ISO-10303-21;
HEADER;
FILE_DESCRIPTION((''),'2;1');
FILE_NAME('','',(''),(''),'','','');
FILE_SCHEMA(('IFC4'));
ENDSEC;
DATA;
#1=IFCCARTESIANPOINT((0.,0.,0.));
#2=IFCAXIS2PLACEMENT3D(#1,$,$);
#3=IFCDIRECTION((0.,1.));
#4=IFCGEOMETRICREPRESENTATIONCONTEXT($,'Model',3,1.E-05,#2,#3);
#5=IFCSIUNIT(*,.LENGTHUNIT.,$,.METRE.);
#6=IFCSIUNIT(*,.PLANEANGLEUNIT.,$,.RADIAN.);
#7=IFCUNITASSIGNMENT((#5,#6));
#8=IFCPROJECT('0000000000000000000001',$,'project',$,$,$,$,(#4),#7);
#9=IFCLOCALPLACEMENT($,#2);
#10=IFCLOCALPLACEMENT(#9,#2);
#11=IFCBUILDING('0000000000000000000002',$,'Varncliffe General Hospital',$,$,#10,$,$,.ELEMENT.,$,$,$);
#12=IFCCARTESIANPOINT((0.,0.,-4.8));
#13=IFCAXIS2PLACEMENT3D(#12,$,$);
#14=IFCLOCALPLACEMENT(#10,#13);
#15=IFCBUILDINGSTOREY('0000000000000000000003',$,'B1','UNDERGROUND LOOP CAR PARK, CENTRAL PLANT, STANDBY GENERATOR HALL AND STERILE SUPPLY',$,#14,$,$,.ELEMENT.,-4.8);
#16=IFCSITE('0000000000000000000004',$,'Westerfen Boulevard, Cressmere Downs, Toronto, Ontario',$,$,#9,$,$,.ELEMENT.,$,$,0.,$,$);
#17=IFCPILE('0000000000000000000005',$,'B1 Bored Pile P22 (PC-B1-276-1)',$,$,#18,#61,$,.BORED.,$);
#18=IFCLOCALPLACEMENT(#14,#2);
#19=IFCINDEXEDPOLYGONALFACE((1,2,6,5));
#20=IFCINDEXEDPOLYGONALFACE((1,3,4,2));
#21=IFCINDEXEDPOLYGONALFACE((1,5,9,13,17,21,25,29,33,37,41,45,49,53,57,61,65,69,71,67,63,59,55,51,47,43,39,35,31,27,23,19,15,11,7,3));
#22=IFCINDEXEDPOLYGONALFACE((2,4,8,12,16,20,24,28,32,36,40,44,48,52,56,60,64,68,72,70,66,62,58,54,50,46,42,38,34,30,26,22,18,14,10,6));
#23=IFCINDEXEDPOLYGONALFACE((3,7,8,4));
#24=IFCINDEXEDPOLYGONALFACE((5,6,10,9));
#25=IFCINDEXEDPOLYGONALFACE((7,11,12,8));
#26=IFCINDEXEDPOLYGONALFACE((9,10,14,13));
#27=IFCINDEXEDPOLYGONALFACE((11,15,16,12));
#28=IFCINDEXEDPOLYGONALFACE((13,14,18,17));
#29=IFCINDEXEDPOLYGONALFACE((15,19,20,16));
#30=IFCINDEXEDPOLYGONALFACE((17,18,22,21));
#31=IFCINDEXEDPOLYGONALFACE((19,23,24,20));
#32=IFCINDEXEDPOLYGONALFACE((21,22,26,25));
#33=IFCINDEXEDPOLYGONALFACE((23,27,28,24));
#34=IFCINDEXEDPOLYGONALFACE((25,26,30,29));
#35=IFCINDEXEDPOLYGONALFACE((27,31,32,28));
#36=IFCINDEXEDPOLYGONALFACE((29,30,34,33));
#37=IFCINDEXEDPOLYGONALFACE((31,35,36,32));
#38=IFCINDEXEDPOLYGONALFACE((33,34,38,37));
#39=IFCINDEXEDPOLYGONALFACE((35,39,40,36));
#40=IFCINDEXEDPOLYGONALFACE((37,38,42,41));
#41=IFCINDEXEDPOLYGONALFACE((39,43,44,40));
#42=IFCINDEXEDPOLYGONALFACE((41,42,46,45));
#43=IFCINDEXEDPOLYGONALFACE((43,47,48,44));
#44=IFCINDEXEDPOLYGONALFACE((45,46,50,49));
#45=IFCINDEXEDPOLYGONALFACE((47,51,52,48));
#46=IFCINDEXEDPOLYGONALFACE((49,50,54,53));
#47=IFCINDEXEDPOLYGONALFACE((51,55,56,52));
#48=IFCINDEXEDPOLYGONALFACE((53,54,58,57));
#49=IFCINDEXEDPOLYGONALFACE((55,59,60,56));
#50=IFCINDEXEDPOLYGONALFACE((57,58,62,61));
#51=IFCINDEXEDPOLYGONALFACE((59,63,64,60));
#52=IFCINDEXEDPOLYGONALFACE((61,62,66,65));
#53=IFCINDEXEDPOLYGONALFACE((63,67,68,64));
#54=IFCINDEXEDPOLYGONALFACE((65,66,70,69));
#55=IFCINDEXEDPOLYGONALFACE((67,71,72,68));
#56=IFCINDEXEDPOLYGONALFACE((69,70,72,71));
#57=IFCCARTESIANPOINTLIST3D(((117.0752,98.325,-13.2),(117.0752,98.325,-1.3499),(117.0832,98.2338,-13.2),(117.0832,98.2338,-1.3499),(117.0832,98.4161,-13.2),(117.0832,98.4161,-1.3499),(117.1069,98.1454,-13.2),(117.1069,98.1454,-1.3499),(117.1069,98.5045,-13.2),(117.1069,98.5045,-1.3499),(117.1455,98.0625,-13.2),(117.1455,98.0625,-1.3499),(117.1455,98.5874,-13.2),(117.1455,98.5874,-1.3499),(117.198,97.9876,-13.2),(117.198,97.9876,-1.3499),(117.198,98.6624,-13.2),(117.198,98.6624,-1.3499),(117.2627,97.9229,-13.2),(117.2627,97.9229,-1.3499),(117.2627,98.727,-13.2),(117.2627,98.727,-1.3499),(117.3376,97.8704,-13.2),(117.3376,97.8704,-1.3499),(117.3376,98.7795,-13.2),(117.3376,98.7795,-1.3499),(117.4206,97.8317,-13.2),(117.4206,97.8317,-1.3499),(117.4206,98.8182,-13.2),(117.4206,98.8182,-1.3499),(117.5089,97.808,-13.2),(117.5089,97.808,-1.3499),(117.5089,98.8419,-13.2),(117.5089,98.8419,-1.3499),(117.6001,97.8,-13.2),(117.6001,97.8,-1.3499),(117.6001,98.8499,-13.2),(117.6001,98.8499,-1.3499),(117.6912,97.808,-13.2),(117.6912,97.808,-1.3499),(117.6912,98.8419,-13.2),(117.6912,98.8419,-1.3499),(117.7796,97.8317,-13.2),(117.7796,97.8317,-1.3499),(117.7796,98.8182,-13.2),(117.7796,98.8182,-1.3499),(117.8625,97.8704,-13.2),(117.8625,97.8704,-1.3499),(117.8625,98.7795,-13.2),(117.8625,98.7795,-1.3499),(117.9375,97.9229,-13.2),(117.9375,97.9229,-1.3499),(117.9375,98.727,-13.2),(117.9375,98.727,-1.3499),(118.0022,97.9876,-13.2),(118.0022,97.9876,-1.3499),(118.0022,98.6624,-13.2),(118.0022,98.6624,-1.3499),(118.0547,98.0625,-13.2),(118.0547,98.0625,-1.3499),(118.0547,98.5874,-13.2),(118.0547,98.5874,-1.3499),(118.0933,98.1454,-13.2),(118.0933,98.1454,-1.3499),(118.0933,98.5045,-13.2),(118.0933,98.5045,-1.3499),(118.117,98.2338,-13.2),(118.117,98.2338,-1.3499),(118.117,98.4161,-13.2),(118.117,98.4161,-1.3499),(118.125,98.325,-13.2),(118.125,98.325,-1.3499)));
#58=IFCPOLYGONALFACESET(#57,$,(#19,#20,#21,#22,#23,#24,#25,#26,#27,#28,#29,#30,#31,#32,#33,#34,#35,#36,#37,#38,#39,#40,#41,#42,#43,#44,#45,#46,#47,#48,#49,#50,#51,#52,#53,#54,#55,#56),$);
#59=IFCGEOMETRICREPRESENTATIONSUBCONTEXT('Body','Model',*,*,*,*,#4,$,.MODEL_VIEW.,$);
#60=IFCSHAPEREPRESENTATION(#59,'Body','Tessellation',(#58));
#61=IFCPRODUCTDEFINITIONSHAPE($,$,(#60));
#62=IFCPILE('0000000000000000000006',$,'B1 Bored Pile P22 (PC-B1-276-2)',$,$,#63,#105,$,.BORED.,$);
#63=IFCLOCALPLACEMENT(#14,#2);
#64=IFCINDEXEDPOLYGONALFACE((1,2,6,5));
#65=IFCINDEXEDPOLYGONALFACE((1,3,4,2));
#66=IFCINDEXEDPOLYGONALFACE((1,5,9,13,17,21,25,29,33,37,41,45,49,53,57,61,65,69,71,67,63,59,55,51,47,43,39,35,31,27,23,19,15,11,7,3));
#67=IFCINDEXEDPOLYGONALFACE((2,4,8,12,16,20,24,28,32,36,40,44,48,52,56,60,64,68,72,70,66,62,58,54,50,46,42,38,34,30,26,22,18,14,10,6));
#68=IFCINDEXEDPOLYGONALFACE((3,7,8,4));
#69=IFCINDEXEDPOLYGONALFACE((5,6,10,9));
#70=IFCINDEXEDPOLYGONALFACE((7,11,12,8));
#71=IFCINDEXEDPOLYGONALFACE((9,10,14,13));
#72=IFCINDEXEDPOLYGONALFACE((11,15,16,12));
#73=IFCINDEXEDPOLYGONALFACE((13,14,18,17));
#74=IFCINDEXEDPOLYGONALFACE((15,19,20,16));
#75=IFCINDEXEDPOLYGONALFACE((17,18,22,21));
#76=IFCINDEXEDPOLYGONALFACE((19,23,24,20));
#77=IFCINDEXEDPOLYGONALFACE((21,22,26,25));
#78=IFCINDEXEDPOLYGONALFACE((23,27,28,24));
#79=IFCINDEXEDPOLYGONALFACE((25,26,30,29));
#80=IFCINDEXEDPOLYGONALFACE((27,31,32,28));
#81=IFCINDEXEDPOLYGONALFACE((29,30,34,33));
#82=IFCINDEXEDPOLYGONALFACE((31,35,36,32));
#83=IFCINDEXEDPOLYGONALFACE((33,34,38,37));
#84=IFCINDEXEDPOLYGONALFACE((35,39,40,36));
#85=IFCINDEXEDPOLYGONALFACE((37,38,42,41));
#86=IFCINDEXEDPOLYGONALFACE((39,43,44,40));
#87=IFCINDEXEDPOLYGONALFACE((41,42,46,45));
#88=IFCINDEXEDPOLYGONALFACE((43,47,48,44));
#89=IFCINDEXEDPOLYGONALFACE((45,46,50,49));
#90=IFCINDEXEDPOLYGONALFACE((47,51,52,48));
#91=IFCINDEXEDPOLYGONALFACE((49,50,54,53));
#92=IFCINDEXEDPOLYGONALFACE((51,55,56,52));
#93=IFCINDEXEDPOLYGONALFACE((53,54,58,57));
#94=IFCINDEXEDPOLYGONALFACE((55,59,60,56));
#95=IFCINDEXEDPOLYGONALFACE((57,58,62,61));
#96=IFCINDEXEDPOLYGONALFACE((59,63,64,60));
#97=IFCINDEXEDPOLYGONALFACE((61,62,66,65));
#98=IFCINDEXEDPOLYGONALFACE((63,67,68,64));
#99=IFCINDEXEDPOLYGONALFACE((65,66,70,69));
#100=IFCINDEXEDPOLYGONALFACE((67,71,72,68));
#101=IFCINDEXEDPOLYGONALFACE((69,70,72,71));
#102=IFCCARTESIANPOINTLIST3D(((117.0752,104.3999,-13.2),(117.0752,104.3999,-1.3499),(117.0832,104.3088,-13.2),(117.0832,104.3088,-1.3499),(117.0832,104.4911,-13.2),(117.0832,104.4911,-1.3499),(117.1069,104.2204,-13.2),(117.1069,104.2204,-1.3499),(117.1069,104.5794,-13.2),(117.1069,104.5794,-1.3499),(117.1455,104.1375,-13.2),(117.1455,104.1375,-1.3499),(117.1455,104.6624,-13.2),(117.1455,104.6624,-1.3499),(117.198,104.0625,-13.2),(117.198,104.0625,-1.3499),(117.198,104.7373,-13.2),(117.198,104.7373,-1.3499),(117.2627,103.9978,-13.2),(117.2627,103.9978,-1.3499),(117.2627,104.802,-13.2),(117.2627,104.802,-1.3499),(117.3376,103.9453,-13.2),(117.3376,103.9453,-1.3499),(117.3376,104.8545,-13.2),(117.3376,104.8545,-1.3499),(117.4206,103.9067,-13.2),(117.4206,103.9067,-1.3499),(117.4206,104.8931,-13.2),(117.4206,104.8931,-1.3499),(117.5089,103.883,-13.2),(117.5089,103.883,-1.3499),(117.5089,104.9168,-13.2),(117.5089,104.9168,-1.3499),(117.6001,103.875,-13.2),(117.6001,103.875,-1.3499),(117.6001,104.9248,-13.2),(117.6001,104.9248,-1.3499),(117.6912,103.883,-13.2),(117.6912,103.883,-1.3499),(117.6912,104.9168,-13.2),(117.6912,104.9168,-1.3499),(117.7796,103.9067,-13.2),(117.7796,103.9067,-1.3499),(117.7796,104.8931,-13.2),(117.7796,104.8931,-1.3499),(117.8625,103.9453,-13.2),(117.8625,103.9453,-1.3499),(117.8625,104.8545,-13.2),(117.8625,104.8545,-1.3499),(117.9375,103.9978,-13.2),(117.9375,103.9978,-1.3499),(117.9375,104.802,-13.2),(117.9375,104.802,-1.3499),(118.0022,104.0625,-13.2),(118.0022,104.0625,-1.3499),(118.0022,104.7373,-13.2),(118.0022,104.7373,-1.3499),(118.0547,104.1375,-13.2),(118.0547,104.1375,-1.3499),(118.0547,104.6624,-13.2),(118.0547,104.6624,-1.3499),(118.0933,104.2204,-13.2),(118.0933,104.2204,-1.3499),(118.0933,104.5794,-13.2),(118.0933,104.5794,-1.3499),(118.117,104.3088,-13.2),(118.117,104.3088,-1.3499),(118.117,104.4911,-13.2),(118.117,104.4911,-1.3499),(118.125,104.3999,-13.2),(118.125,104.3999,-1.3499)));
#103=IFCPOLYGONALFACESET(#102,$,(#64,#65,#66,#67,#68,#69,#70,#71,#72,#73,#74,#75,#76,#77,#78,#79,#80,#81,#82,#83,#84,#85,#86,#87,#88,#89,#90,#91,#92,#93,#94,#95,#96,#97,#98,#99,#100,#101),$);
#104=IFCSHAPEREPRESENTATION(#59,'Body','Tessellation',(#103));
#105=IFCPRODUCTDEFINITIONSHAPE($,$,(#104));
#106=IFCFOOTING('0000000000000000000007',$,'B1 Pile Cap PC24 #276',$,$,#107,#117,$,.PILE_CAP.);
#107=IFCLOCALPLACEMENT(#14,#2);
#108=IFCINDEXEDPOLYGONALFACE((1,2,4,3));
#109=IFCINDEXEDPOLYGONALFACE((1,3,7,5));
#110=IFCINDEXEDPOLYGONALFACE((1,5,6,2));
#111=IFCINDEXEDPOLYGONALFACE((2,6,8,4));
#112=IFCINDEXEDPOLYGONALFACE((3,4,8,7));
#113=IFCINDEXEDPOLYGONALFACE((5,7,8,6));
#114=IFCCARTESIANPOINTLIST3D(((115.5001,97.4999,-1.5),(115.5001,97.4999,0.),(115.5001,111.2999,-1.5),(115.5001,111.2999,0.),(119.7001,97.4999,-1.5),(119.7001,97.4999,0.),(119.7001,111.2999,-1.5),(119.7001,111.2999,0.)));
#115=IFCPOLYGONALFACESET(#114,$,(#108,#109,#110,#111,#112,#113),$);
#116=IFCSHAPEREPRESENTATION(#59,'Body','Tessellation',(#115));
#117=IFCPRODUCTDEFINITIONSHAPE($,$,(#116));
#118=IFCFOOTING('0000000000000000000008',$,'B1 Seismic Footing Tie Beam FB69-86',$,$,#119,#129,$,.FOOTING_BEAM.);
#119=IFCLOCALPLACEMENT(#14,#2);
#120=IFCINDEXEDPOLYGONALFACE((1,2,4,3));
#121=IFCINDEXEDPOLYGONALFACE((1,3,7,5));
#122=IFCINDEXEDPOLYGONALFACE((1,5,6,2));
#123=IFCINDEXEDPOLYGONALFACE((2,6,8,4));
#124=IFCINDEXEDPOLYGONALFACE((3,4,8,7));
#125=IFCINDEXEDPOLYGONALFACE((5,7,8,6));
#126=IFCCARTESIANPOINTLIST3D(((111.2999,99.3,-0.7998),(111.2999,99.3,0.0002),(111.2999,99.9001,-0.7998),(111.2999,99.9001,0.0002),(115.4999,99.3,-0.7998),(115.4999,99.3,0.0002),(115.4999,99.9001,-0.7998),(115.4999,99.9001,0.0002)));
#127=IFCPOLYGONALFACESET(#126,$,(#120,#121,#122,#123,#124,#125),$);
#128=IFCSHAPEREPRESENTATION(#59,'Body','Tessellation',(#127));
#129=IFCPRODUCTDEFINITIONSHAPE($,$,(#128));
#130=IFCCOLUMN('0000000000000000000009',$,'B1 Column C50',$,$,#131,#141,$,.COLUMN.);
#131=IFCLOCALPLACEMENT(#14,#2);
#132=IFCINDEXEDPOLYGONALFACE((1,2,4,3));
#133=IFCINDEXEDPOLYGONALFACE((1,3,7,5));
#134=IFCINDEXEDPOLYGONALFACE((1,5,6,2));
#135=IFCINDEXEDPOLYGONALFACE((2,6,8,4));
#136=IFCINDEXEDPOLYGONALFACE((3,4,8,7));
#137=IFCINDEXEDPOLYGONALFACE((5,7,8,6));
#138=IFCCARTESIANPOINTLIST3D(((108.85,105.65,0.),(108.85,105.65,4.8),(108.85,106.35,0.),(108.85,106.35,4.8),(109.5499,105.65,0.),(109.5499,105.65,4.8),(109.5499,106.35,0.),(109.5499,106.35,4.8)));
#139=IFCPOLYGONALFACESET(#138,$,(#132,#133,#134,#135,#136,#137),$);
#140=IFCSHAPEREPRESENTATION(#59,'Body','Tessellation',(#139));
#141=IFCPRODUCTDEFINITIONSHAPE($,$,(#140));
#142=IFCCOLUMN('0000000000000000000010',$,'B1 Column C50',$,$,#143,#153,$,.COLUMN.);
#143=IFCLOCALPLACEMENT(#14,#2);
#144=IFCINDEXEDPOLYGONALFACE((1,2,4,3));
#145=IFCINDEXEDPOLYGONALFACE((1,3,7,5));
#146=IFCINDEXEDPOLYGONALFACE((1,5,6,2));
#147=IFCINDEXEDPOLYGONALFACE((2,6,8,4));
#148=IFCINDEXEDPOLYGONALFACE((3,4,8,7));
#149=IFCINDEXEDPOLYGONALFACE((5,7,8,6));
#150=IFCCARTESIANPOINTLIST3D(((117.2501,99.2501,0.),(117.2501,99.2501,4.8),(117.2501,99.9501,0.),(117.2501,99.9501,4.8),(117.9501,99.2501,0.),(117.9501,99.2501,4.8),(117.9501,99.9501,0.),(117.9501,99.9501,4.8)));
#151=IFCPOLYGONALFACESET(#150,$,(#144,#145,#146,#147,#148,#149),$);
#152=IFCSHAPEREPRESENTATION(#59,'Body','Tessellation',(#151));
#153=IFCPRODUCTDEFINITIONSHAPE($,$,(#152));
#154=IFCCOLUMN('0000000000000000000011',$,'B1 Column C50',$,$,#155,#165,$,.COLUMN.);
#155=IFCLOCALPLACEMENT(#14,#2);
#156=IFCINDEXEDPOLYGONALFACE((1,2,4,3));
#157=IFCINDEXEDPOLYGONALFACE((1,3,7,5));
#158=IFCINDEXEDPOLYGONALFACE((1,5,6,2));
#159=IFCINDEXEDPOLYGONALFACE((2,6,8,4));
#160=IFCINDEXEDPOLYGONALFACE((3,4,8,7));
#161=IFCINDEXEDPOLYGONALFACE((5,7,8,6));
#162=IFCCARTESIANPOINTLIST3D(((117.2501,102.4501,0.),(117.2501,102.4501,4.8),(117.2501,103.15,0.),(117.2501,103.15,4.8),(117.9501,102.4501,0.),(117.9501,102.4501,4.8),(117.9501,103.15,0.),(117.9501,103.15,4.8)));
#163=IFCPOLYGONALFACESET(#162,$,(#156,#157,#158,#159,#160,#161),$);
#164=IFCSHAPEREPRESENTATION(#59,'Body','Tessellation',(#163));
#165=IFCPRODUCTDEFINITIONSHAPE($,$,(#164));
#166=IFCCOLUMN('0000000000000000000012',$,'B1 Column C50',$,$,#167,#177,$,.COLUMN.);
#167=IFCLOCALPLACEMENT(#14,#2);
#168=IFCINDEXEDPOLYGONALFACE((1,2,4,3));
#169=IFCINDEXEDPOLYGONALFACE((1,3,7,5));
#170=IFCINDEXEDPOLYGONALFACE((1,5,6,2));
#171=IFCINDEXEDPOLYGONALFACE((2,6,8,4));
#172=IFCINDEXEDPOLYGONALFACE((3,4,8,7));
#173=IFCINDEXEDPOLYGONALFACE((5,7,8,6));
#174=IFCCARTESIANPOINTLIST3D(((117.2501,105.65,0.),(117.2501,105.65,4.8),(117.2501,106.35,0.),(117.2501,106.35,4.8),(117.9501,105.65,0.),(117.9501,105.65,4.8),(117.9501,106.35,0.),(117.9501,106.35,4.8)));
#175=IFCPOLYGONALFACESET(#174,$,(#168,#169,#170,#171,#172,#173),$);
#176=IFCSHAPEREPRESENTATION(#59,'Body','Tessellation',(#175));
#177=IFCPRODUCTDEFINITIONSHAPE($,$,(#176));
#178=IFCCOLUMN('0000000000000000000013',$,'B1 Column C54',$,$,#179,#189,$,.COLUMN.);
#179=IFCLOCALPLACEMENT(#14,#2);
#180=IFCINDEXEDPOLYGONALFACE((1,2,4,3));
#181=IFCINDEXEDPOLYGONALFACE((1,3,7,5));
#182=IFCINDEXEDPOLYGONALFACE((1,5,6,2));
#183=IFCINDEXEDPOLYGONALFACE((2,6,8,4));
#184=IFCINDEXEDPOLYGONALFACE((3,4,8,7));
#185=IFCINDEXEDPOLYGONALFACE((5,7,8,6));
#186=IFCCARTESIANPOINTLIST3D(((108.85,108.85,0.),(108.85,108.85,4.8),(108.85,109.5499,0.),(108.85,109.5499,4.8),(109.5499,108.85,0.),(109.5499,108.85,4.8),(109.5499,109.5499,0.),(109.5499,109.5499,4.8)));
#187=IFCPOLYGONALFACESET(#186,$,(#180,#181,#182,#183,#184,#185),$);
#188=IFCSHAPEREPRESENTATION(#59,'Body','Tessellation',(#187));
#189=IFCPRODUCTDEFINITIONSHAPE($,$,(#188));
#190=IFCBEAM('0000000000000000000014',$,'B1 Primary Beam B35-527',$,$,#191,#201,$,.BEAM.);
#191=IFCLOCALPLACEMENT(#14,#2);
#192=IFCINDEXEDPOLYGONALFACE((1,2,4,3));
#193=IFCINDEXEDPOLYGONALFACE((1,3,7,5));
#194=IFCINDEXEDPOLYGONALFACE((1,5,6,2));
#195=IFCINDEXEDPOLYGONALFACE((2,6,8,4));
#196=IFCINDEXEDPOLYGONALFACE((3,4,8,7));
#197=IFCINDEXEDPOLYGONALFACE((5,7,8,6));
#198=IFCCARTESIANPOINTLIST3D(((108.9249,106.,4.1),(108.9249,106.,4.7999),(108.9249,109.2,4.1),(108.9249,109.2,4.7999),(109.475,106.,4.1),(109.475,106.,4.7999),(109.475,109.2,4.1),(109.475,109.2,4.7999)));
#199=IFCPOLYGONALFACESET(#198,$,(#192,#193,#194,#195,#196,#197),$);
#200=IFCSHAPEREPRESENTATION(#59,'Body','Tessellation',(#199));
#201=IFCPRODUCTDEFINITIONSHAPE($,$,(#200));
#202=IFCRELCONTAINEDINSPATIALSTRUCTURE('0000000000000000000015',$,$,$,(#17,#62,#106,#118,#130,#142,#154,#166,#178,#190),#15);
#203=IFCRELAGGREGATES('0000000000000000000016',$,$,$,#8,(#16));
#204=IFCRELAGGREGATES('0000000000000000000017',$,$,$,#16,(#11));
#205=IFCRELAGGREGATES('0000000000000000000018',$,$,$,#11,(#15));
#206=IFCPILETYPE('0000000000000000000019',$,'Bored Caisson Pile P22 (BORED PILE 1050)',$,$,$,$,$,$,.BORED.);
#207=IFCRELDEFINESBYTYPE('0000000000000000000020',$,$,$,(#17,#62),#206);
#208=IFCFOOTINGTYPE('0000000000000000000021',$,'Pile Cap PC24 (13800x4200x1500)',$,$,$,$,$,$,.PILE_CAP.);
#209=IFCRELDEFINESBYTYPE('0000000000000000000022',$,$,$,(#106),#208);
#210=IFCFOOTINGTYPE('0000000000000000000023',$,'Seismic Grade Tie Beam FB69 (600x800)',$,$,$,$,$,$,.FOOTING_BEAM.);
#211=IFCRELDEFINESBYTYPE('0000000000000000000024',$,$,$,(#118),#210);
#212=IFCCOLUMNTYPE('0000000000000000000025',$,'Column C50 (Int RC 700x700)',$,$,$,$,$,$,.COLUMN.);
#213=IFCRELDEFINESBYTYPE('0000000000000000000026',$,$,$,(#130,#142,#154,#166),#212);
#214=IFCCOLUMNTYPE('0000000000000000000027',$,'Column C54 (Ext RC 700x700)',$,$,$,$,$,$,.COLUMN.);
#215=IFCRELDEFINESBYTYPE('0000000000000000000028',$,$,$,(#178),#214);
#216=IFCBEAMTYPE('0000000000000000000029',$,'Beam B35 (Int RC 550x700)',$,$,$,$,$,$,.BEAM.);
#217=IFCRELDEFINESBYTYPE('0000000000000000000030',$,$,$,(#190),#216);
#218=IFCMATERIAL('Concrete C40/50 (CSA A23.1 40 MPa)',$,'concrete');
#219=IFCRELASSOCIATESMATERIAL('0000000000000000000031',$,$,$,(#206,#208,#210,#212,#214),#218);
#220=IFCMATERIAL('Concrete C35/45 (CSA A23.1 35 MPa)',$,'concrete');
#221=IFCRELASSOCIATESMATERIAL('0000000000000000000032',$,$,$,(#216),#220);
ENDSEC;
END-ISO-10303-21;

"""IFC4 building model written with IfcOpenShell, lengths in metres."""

from ifc_helpers import new_model, si_unit, direction, frame, origin, origin_2d, place, context, subcontext, project, spatial, rectangle, circle, extrude, material, material_profile, profile_set, type_object, element, save


model = new_model("IFC4")

# Units and contexts
model_context = context("Model", 3, precision=1e-05, world=origin(), true_north=direction((0.0, 1.0)))
body_context = subcontext(model_context, "Body", "Model", "MODEL_VIEW")
ifc_project = project(units=[si_unit("LENGTHUNIT", "METRE"), si_unit("PLANEANGLEUNIT", "RADIAN")], contexts=[model_context])

# Site, building, storey
site_placement = place(None, origin())
site = spatial("IfcSite", under=ifc_project, at=site_placement, Name="Westerfen Boulevard, Cressmere Downs, Toronto, Ontario", CompositionType="ELEMENT", RefElevation=0.0)
building_placement = place(site_placement, origin())
building = spatial("IfcBuilding", under=site, at=building_placement, Name="Varncliffe General Hospital", CompositionType="ELEMENT")
storey_placement = place(building_placement, frame((0.0, 0.0, -4.8)))
storey = spatial("IfcBuildingStorey", under=building, at=storey_placement, Name="B1", Description="UNDERGROUND LOOP CAR PARK, CENTRAL PLANT, STANDBY GENERATOR HALL AND STERILE SUPPLY", CompositionType="ELEMENT", Elevation=-4.8)

# Piles
ifc_material_1 = material(Name="Concrete C40/50 (CSA A23.1 40 MPa)", Category="concrete")
ifc_material_profile_1 = material_profile(ifc_material_1, circle(Radius=0.5249, at=origin_2d()), Name="BORED PILE 1050")
ifc_profile_set_1 = profile_set([ifc_material_profile_1], Name="Concrete C40/50 (CSA A23.1 40 MPa)")
pile_type = type_object("IfcPileType", Name="Bored Caisson Pile P22 (BORED PILE 1050)", PredefinedType="BORED", material=ifc_profile_set_1)
for number, where, z_axis, x_axis, name in (
    (1, (117.6001, 98.325, -1.3499), (0.0, 0.0, -1.0), (1.0, 0.0, 0.0), "B1 Bored Pile P22 (PC-B1-276-1)"),
    (2, (117.6001, 104.3999, -1.3499), (0.0, 0.0, -1.0), (1.0, 0.0, 0.0), "B1 Bored Pile P22 (PC-B1-276-2)"),
):
    element("IfcPile", number, at=place(storey_placement, frame(where, z_axis=z_axis, x_axis=x_axis)), inside=storey, type_object=pile_type, Name=name, PredefinedType="BORED", context=body_context, shape_type="SweptSolid", body=[
        extrude(circle(Radius=0.5249, at=origin_2d()), origin(), (0.0, 0.0, 1.0), 11.8501),
    ])

# Footings
footing_type_1 = type_object("IfcFootingType", Name="Pile Cap PC24 (13800x4200x1500)", PredefinedType="PILE_CAP", material=ifc_material_1)
footing_1_placement = place(storey_placement, frame((117.6001, 104.3999, -1.5), z_axis=(0.0, 0.0, 1.0), x_axis=(1.0, 0.0, 0.0)))
element("IfcFooting", 3, at=footing_1_placement, inside=storey, type_object=footing_type_1, Name="B1 Pile Cap PC24 #276", PredefinedType="PILE_CAP", context=body_context, shape_type="SweptSolid", body=[
    extrude(rectangle(XDim=4.2, YDim=13.8, at=origin_2d()), origin(), (0.0, 0.0, 1.0), 1.5),
])
footing_type_2 = type_object("IfcFootingType", Name="Seismic Grade Tie Beam FB69 (600x800)", PredefinedType="FOOTING_BEAM", material=ifc_material_1)
footing_2_placement = place(storey_placement, frame((113.3999, 99.6001, -0.7998), z_axis=(0.0, 0.0, 1.0), x_axis=(1.0, 0.0, 0.0)))
element("IfcFooting", 4, at=footing_2_placement, inside=storey, type_object=footing_type_2, Name="B1 Seismic Footing Tie Beam FB69-86", PredefinedType="FOOTING_BEAM", context=body_context, shape_type="SweptSolid", body=[
    extrude(rectangle(XDim=4.2, YDim=0.6001, at=origin_2d()), origin(), (0.0, 0.0, 1.0), 0.8),
])

# Columns
ifc_material_profile_2 = material_profile(ifc_material_1, rectangle(XDim=0.7, YDim=0.7, at=origin_2d()), Name="RC 700x700")
ifc_profile_set_2 = profile_set([ifc_material_profile_2], Name="Concrete C40/50 (CSA A23.1 40 MPa)")
column_type_1 = type_object("IfcColumnType", Name="Column C50 (Int RC 700x700)", PredefinedType="COLUMN", material=ifc_profile_set_2)
for number, where, z_axis, x_axis, name in (
    (5, (109.2, 106.0, 0.0), (0.0, 0.0, 1.0), (1.0, 0.0, 0.0), "B1 Column C50"),
    (6, (117.6001, 99.6001, 0.0), (0.0, 0.0, 1.0), (1.0, 0.0, 0.0), "B1 Column C50"),
    (7, (117.6001, 102.8, 0.0), (0.0, 0.0, 1.0), (1.0, 0.0, 0.0), "B1 Column C50"),
    (8, (117.6001, 106.0, 0.0), (0.0, 0.0, 1.0), (1.0, 0.0, 0.0), "B1 Column C50"),
):
    element("IfcColumn", number, at=place(storey_placement, frame(where, z_axis=z_axis, x_axis=x_axis)), inside=storey, type_object=column_type_1, Name=name, PredefinedType="COLUMN", context=body_context, shape_type="SweptSolid", body=[
        extrude(rectangle(XDim=0.7, YDim=0.7, at=origin_2d()), origin(), (0.0, 0.0, 1.0), 4.8),
    ])
ifc_material_profile_3 = material_profile(ifc_material_1, rectangle(XDim=0.7, YDim=0.7, at=origin_2d()), Name="RC 700x700")
ifc_profile_set_3 = profile_set([ifc_material_profile_3], Name="Concrete C40/50 (CSA A23.1 40 MPa)")
column_type_2 = type_object("IfcColumnType", Name="Column C54 (Ext RC 700x700)", PredefinedType="COLUMN", material=ifc_profile_set_3)
column_placement = place(storey_placement, frame((109.2, 109.2, 0.0), z_axis=(0.0, 0.0, 1.0), x_axis=(1.0, 0.0, 0.0)))
element("IfcColumn", 9, at=column_placement, inside=storey, type_object=column_type_2, Name="B1 Column C54", PredefinedType="COLUMN", context=body_context, shape_type="SweptSolid", body=[
    extrude(rectangle(XDim=0.7, YDim=0.7, at=origin_2d()), origin(), (0.0, 0.0, 1.0), 4.8),
])

# Beam
ifc_material_2 = material(Name="Concrete C35/45 (CSA A23.1 35 MPa)", Category="concrete")
ifc_material_profile_4 = material_profile(ifc_material_2, rectangle(XDim=0.55, YDim=0.7, at=origin_2d()), Name="RC 550x700")
ifc_profile_set_4 = profile_set([ifc_material_profile_4], Name="Concrete C35/45 (CSA A23.1 35 MPa)")
beam_type_1 = type_object("IfcBeamType", Name="Beam B35 (Int RC 550x700)", PredefinedType="BEAM", material=ifc_profile_set_4)
for number, where, z_axis, x_axis, name in (
    (10, (109.2, 106.0, 4.45), (0.0, 1.0, 0.0), (-1.0, 0.0, 0.0), "B1 Primary Beam B35-527"),
):
    element("IfcBeam", number, at=place(storey_placement, frame(where, z_axis=z_axis, x_axis=x_axis)), inside=storey, type_object=beam_type_1, Name=name, PredefinedType="BEAM", context=body_context, shape_type="SweptSolid", body=[
        extrude(rectangle(XDim=0.55, YDim=0.7, at=origin_2d()), origin(), (0.0, 0.0, 1.0), 3.2),
    ])

save(model, "model.ifc")
